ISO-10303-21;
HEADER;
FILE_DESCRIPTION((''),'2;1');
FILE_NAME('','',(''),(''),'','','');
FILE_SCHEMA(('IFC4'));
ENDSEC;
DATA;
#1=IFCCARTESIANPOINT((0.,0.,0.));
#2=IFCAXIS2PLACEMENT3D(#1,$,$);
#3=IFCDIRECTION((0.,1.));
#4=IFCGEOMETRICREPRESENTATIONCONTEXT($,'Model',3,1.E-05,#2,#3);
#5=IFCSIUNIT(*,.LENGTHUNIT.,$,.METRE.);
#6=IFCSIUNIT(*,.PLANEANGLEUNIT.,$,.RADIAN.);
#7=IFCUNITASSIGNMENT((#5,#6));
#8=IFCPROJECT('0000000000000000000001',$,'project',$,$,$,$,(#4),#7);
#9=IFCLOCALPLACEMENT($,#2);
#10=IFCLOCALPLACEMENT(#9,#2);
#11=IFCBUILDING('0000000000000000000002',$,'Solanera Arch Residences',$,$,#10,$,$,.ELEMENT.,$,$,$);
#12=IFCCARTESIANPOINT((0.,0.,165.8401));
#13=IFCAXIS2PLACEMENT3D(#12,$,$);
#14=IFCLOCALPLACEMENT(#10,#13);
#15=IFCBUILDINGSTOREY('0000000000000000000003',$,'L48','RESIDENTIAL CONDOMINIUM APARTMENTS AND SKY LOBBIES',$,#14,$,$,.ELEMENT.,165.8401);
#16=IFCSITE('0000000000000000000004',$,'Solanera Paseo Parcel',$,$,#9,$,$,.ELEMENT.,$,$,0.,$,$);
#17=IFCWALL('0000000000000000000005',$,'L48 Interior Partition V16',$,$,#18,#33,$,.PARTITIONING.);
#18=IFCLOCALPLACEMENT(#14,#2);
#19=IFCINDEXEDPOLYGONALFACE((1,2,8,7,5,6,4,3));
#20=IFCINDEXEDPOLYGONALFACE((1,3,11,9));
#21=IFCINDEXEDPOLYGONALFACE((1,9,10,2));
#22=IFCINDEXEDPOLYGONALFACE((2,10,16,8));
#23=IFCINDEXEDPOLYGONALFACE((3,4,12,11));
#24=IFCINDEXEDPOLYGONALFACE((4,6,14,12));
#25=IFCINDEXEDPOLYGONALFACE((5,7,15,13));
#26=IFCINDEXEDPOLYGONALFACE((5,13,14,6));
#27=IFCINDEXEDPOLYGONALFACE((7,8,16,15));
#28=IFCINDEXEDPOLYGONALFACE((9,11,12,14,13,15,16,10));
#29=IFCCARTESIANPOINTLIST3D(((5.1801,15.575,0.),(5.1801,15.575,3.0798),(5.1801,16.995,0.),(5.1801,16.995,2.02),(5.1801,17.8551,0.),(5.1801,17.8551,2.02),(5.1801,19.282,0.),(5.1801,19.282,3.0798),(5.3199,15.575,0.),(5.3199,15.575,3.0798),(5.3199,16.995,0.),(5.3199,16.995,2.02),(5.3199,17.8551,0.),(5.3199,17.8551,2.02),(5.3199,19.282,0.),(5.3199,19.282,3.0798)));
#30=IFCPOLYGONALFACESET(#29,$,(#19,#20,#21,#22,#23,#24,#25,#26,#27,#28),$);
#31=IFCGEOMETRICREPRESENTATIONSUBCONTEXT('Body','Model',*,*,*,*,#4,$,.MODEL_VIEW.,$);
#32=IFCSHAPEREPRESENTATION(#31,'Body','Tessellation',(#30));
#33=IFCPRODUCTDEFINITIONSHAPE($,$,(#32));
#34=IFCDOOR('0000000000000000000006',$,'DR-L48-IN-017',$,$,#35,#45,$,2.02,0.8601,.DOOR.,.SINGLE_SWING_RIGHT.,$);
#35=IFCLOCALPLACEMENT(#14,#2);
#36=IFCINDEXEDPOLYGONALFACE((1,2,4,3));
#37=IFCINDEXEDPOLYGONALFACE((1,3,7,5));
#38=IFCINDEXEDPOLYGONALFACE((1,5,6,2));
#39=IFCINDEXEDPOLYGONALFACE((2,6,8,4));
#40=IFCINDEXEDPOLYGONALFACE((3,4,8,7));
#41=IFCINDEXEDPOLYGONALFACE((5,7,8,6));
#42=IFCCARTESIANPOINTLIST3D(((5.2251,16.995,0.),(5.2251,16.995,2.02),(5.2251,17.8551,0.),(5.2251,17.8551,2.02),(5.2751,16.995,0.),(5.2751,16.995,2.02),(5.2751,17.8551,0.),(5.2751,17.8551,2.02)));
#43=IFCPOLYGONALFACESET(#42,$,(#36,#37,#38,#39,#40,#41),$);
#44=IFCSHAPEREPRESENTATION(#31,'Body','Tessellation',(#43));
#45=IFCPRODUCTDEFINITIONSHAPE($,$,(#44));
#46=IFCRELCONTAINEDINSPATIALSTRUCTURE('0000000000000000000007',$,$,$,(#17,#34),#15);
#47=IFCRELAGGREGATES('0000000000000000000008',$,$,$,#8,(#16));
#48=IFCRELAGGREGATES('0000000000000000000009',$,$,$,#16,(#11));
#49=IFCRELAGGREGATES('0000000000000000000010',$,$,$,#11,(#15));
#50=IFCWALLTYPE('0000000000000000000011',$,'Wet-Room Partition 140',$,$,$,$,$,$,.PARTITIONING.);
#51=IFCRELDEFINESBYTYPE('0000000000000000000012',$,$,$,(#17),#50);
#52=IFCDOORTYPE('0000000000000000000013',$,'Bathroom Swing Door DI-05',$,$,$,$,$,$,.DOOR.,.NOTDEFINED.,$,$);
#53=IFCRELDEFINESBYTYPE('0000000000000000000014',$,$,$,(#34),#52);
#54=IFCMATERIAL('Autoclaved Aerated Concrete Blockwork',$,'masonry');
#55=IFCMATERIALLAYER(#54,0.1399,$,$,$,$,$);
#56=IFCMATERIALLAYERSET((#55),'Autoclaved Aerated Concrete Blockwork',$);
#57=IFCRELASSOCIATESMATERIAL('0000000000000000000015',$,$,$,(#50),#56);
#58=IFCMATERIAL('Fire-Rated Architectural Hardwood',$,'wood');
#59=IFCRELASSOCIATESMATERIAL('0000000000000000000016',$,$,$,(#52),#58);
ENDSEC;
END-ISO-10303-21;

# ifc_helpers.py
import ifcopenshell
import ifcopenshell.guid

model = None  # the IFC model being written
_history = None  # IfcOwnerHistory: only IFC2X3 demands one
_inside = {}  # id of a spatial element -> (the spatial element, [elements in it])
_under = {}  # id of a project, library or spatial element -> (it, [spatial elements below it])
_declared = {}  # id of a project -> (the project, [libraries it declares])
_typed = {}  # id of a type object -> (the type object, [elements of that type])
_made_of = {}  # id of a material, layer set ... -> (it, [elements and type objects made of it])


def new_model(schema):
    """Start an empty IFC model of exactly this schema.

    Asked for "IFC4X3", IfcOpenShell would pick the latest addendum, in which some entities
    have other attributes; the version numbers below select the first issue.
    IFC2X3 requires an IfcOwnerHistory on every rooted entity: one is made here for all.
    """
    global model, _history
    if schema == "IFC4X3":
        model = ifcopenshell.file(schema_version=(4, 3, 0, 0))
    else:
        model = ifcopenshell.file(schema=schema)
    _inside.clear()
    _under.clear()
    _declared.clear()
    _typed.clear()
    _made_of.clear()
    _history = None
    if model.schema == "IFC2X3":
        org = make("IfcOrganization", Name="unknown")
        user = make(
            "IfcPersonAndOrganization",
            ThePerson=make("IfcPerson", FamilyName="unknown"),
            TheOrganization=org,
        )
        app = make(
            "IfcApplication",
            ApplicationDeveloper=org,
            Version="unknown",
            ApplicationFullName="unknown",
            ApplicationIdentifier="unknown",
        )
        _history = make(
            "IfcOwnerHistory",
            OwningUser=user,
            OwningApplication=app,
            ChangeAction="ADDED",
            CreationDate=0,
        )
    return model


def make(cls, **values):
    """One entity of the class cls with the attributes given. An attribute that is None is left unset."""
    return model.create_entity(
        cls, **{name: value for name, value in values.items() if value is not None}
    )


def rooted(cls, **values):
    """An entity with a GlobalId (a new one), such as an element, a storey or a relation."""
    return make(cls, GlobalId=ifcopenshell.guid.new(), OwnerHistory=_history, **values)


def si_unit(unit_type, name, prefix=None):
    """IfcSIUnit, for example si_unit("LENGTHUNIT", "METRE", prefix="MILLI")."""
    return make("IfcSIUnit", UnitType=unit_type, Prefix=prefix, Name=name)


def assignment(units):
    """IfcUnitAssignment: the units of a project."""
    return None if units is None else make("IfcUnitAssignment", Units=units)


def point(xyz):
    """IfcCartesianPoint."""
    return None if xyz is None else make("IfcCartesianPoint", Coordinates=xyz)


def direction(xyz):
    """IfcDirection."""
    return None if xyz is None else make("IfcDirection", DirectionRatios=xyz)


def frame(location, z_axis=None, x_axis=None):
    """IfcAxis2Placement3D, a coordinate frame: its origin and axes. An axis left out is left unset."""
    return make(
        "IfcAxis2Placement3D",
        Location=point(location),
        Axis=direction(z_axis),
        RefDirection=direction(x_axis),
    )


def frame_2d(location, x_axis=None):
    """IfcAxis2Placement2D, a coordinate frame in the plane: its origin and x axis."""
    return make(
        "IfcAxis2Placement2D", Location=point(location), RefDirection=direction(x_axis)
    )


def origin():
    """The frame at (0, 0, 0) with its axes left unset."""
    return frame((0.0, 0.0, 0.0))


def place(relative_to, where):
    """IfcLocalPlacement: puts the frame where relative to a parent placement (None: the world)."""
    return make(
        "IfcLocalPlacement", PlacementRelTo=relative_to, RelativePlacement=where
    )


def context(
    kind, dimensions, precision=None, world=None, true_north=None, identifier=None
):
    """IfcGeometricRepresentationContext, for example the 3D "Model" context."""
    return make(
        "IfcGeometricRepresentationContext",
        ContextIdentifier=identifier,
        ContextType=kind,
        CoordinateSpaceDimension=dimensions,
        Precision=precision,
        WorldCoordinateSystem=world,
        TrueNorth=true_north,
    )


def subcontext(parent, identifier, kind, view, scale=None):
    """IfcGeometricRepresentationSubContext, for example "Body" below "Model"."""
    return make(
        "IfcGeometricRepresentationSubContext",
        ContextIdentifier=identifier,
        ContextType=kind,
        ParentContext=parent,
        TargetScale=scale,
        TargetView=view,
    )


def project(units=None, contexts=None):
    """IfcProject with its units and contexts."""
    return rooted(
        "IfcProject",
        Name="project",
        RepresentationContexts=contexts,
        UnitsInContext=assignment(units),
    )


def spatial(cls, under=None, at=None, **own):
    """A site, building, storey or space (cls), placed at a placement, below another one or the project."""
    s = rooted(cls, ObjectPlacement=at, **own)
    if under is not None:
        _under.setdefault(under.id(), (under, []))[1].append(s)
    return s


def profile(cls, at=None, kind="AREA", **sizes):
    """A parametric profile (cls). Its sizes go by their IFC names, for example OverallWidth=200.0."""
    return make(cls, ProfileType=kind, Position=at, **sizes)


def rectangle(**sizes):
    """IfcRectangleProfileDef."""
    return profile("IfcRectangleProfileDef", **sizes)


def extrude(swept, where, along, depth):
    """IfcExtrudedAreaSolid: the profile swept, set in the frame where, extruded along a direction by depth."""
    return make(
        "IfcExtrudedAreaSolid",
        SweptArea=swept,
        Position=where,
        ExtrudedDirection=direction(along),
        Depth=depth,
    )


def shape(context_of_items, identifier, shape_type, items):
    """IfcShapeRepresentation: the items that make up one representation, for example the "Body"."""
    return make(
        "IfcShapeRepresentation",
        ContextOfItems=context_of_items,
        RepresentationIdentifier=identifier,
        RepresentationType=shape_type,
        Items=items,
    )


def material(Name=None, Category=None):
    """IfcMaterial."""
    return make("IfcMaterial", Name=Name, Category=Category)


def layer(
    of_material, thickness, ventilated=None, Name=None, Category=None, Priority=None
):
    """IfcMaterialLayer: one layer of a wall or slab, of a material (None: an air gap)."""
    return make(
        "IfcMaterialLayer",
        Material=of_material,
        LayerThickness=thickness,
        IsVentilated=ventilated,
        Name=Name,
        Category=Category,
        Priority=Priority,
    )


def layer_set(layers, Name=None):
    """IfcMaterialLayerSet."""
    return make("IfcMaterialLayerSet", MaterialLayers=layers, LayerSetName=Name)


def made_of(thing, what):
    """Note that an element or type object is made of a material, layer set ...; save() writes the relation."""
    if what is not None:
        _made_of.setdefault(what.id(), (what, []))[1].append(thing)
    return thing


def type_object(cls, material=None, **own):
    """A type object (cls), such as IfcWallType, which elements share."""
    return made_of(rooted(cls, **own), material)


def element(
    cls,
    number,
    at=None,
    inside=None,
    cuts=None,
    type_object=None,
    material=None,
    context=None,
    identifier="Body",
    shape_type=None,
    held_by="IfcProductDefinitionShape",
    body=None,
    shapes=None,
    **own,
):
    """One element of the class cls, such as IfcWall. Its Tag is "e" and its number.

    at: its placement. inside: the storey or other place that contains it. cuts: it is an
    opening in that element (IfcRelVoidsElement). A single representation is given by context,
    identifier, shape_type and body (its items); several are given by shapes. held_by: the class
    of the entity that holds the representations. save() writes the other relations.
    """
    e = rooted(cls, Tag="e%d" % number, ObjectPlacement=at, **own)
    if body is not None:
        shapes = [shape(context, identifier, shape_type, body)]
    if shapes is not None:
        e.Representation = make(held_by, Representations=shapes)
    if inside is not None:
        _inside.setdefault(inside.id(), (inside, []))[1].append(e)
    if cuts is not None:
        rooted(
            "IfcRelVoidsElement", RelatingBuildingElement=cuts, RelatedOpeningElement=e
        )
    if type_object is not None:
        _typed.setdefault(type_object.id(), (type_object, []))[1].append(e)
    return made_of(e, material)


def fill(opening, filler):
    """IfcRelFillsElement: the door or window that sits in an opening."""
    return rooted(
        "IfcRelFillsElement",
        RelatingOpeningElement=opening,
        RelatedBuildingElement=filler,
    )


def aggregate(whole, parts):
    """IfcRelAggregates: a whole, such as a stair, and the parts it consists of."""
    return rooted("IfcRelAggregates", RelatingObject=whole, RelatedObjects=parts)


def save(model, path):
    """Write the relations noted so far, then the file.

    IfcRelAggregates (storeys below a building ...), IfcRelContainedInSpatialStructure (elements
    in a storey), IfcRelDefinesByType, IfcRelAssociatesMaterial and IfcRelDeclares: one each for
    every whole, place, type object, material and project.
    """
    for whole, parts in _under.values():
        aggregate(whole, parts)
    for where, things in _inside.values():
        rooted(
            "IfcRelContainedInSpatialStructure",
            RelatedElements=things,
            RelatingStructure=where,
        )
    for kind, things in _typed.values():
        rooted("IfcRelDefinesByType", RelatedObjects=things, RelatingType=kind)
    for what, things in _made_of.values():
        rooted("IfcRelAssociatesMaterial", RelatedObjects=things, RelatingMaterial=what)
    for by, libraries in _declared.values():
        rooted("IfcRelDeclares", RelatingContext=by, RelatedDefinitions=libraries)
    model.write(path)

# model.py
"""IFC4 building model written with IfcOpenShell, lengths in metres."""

from ifc_helpers import new_model, si_unit, direction, frame, frame_2d, origin, place, context, subcontext, project, spatial, rectangle, extrude, material, layer, layer_set, type_object, element, fill, save


model = new_model("IFC4")

# Units and contexts
model_context = context("Model", 3, precision=1e-05, world=origin(), true_north=direction((0.0, 1.0)))
body_context = subcontext(model_context, "Body", "Model", "MODEL_VIEW")
ifc_project = project(units=[si_unit("LENGTHUNIT", "METRE"), si_unit("PLANEANGLEUNIT", "RADIAN")], contexts=[model_context])

# Site, building, storey
site_placement = place(None, origin())
site = spatial("IfcSite", under=ifc_project, at=site_placement, Name="Solanera Paseo Parcel", CompositionType="ELEMENT", RefElevation=0.0)
building_placement = place(site_placement, origin())
building = spatial("IfcBuilding", under=site, at=building_placement, Name="Solanera Arch Residences", CompositionType="ELEMENT")
storey_placement = place(building_placement, frame((0.0, 0.0, 165.8401)))
storey = spatial("IfcBuildingStorey", under=building, at=storey_placement, Name="L48", Description="RESIDENTIAL CONDOMINIUM APARTMENTS AND SKY LOBBIES", CompositionType="ELEMENT", Elevation=165.8401)

# Wall, opening, door
ifc_material_1 = material(Name="Autoclaved Aerated Concrete Blockwork", Category="masonry")
ifc_layer_1 = layer(ifc_material_1, 0.1399)
ifc_layer_set_1 = layer_set([ifc_layer_1], Name="Autoclaved Aerated Concrete Blockwork")
wall_type_1 = type_object("IfcWallType", Name="Wet-Room Partition 140", PredefinedType="PARTITIONING", material=ifc_layer_set_1)
wall_1_placement = place(storey_placement, frame((5.25, 15.575, 0.0), z_axis=(0.0, 0.0, 1.0), x_axis=(0.0, 1.0, 0.0)))
wall_1 = element("IfcWall", 1, at=wall_1_placement, inside=storey, type_object=wall_type_1, Name="L48 Interior Partition V16", PredefinedType="PARTITIONING", context=body_context, shape_type="SweptSolid", body=[
    extrude(rectangle(XDim=3.707, YDim=0.1399, at=frame_2d((1.8535, 0.0))), origin(), (0.0, 0.0, 1.0), 3.0798),
])
opening_1_placement = place(wall_1_placement, frame((1.4199, 0.0, 0.0)))
opening_1 = element("IfcOpeningElement", 2, at=opening_1_placement, cuts=wall_1, PredefinedType="OPENING", context=body_context, shape_type="SweptSolid", body=[
    extrude(rectangle(XDim=0.8601, YDim=2.02, at=frame_2d((0.4302, 1.01))), frame((0.0, 0.0798, 0.0), z_axis=(0.0, -1.0, 0.0), x_axis=(1.0, 0.0, 0.0)), (0.0, 0.0, 1.0), 0.1599),
])
ifc_material_2 = material(Name="Fire-Rated Architectural Hardwood", Category="wood")
door_type_1 = type_object("IfcDoorType", Name="Bathroom Swing Door DI-05", OperationType="NOTDEFINED", PredefinedType="DOOR", material=ifc_material_2)
door_1_placement = place(opening_1_placement, origin())
door_1 = element("IfcDoor", 3, at=door_1_placement, inside=storey, type_object=door_type_1, Name="DR-L48-IN-017", OperationType="SINGLE_SWING_RIGHT", OverallHeight=2.02, OverallWidth=0.8601, PredefinedType="DOOR", context=body_context, shape_type="SweptSolid", body=[
    extrude(rectangle(XDim=0.8601, YDim=2.02, at=frame_2d((0.4302, 1.01))), frame((0.0, 0.0249, 0.0), z_axis=(0.0, -1.0, 0.0), x_axis=(1.0, 0.0, 0.0)), (0.0, 0.0, 1.0), 0.05),
])
fill(opening_1, door_1)

save(model, "model.ifc")
